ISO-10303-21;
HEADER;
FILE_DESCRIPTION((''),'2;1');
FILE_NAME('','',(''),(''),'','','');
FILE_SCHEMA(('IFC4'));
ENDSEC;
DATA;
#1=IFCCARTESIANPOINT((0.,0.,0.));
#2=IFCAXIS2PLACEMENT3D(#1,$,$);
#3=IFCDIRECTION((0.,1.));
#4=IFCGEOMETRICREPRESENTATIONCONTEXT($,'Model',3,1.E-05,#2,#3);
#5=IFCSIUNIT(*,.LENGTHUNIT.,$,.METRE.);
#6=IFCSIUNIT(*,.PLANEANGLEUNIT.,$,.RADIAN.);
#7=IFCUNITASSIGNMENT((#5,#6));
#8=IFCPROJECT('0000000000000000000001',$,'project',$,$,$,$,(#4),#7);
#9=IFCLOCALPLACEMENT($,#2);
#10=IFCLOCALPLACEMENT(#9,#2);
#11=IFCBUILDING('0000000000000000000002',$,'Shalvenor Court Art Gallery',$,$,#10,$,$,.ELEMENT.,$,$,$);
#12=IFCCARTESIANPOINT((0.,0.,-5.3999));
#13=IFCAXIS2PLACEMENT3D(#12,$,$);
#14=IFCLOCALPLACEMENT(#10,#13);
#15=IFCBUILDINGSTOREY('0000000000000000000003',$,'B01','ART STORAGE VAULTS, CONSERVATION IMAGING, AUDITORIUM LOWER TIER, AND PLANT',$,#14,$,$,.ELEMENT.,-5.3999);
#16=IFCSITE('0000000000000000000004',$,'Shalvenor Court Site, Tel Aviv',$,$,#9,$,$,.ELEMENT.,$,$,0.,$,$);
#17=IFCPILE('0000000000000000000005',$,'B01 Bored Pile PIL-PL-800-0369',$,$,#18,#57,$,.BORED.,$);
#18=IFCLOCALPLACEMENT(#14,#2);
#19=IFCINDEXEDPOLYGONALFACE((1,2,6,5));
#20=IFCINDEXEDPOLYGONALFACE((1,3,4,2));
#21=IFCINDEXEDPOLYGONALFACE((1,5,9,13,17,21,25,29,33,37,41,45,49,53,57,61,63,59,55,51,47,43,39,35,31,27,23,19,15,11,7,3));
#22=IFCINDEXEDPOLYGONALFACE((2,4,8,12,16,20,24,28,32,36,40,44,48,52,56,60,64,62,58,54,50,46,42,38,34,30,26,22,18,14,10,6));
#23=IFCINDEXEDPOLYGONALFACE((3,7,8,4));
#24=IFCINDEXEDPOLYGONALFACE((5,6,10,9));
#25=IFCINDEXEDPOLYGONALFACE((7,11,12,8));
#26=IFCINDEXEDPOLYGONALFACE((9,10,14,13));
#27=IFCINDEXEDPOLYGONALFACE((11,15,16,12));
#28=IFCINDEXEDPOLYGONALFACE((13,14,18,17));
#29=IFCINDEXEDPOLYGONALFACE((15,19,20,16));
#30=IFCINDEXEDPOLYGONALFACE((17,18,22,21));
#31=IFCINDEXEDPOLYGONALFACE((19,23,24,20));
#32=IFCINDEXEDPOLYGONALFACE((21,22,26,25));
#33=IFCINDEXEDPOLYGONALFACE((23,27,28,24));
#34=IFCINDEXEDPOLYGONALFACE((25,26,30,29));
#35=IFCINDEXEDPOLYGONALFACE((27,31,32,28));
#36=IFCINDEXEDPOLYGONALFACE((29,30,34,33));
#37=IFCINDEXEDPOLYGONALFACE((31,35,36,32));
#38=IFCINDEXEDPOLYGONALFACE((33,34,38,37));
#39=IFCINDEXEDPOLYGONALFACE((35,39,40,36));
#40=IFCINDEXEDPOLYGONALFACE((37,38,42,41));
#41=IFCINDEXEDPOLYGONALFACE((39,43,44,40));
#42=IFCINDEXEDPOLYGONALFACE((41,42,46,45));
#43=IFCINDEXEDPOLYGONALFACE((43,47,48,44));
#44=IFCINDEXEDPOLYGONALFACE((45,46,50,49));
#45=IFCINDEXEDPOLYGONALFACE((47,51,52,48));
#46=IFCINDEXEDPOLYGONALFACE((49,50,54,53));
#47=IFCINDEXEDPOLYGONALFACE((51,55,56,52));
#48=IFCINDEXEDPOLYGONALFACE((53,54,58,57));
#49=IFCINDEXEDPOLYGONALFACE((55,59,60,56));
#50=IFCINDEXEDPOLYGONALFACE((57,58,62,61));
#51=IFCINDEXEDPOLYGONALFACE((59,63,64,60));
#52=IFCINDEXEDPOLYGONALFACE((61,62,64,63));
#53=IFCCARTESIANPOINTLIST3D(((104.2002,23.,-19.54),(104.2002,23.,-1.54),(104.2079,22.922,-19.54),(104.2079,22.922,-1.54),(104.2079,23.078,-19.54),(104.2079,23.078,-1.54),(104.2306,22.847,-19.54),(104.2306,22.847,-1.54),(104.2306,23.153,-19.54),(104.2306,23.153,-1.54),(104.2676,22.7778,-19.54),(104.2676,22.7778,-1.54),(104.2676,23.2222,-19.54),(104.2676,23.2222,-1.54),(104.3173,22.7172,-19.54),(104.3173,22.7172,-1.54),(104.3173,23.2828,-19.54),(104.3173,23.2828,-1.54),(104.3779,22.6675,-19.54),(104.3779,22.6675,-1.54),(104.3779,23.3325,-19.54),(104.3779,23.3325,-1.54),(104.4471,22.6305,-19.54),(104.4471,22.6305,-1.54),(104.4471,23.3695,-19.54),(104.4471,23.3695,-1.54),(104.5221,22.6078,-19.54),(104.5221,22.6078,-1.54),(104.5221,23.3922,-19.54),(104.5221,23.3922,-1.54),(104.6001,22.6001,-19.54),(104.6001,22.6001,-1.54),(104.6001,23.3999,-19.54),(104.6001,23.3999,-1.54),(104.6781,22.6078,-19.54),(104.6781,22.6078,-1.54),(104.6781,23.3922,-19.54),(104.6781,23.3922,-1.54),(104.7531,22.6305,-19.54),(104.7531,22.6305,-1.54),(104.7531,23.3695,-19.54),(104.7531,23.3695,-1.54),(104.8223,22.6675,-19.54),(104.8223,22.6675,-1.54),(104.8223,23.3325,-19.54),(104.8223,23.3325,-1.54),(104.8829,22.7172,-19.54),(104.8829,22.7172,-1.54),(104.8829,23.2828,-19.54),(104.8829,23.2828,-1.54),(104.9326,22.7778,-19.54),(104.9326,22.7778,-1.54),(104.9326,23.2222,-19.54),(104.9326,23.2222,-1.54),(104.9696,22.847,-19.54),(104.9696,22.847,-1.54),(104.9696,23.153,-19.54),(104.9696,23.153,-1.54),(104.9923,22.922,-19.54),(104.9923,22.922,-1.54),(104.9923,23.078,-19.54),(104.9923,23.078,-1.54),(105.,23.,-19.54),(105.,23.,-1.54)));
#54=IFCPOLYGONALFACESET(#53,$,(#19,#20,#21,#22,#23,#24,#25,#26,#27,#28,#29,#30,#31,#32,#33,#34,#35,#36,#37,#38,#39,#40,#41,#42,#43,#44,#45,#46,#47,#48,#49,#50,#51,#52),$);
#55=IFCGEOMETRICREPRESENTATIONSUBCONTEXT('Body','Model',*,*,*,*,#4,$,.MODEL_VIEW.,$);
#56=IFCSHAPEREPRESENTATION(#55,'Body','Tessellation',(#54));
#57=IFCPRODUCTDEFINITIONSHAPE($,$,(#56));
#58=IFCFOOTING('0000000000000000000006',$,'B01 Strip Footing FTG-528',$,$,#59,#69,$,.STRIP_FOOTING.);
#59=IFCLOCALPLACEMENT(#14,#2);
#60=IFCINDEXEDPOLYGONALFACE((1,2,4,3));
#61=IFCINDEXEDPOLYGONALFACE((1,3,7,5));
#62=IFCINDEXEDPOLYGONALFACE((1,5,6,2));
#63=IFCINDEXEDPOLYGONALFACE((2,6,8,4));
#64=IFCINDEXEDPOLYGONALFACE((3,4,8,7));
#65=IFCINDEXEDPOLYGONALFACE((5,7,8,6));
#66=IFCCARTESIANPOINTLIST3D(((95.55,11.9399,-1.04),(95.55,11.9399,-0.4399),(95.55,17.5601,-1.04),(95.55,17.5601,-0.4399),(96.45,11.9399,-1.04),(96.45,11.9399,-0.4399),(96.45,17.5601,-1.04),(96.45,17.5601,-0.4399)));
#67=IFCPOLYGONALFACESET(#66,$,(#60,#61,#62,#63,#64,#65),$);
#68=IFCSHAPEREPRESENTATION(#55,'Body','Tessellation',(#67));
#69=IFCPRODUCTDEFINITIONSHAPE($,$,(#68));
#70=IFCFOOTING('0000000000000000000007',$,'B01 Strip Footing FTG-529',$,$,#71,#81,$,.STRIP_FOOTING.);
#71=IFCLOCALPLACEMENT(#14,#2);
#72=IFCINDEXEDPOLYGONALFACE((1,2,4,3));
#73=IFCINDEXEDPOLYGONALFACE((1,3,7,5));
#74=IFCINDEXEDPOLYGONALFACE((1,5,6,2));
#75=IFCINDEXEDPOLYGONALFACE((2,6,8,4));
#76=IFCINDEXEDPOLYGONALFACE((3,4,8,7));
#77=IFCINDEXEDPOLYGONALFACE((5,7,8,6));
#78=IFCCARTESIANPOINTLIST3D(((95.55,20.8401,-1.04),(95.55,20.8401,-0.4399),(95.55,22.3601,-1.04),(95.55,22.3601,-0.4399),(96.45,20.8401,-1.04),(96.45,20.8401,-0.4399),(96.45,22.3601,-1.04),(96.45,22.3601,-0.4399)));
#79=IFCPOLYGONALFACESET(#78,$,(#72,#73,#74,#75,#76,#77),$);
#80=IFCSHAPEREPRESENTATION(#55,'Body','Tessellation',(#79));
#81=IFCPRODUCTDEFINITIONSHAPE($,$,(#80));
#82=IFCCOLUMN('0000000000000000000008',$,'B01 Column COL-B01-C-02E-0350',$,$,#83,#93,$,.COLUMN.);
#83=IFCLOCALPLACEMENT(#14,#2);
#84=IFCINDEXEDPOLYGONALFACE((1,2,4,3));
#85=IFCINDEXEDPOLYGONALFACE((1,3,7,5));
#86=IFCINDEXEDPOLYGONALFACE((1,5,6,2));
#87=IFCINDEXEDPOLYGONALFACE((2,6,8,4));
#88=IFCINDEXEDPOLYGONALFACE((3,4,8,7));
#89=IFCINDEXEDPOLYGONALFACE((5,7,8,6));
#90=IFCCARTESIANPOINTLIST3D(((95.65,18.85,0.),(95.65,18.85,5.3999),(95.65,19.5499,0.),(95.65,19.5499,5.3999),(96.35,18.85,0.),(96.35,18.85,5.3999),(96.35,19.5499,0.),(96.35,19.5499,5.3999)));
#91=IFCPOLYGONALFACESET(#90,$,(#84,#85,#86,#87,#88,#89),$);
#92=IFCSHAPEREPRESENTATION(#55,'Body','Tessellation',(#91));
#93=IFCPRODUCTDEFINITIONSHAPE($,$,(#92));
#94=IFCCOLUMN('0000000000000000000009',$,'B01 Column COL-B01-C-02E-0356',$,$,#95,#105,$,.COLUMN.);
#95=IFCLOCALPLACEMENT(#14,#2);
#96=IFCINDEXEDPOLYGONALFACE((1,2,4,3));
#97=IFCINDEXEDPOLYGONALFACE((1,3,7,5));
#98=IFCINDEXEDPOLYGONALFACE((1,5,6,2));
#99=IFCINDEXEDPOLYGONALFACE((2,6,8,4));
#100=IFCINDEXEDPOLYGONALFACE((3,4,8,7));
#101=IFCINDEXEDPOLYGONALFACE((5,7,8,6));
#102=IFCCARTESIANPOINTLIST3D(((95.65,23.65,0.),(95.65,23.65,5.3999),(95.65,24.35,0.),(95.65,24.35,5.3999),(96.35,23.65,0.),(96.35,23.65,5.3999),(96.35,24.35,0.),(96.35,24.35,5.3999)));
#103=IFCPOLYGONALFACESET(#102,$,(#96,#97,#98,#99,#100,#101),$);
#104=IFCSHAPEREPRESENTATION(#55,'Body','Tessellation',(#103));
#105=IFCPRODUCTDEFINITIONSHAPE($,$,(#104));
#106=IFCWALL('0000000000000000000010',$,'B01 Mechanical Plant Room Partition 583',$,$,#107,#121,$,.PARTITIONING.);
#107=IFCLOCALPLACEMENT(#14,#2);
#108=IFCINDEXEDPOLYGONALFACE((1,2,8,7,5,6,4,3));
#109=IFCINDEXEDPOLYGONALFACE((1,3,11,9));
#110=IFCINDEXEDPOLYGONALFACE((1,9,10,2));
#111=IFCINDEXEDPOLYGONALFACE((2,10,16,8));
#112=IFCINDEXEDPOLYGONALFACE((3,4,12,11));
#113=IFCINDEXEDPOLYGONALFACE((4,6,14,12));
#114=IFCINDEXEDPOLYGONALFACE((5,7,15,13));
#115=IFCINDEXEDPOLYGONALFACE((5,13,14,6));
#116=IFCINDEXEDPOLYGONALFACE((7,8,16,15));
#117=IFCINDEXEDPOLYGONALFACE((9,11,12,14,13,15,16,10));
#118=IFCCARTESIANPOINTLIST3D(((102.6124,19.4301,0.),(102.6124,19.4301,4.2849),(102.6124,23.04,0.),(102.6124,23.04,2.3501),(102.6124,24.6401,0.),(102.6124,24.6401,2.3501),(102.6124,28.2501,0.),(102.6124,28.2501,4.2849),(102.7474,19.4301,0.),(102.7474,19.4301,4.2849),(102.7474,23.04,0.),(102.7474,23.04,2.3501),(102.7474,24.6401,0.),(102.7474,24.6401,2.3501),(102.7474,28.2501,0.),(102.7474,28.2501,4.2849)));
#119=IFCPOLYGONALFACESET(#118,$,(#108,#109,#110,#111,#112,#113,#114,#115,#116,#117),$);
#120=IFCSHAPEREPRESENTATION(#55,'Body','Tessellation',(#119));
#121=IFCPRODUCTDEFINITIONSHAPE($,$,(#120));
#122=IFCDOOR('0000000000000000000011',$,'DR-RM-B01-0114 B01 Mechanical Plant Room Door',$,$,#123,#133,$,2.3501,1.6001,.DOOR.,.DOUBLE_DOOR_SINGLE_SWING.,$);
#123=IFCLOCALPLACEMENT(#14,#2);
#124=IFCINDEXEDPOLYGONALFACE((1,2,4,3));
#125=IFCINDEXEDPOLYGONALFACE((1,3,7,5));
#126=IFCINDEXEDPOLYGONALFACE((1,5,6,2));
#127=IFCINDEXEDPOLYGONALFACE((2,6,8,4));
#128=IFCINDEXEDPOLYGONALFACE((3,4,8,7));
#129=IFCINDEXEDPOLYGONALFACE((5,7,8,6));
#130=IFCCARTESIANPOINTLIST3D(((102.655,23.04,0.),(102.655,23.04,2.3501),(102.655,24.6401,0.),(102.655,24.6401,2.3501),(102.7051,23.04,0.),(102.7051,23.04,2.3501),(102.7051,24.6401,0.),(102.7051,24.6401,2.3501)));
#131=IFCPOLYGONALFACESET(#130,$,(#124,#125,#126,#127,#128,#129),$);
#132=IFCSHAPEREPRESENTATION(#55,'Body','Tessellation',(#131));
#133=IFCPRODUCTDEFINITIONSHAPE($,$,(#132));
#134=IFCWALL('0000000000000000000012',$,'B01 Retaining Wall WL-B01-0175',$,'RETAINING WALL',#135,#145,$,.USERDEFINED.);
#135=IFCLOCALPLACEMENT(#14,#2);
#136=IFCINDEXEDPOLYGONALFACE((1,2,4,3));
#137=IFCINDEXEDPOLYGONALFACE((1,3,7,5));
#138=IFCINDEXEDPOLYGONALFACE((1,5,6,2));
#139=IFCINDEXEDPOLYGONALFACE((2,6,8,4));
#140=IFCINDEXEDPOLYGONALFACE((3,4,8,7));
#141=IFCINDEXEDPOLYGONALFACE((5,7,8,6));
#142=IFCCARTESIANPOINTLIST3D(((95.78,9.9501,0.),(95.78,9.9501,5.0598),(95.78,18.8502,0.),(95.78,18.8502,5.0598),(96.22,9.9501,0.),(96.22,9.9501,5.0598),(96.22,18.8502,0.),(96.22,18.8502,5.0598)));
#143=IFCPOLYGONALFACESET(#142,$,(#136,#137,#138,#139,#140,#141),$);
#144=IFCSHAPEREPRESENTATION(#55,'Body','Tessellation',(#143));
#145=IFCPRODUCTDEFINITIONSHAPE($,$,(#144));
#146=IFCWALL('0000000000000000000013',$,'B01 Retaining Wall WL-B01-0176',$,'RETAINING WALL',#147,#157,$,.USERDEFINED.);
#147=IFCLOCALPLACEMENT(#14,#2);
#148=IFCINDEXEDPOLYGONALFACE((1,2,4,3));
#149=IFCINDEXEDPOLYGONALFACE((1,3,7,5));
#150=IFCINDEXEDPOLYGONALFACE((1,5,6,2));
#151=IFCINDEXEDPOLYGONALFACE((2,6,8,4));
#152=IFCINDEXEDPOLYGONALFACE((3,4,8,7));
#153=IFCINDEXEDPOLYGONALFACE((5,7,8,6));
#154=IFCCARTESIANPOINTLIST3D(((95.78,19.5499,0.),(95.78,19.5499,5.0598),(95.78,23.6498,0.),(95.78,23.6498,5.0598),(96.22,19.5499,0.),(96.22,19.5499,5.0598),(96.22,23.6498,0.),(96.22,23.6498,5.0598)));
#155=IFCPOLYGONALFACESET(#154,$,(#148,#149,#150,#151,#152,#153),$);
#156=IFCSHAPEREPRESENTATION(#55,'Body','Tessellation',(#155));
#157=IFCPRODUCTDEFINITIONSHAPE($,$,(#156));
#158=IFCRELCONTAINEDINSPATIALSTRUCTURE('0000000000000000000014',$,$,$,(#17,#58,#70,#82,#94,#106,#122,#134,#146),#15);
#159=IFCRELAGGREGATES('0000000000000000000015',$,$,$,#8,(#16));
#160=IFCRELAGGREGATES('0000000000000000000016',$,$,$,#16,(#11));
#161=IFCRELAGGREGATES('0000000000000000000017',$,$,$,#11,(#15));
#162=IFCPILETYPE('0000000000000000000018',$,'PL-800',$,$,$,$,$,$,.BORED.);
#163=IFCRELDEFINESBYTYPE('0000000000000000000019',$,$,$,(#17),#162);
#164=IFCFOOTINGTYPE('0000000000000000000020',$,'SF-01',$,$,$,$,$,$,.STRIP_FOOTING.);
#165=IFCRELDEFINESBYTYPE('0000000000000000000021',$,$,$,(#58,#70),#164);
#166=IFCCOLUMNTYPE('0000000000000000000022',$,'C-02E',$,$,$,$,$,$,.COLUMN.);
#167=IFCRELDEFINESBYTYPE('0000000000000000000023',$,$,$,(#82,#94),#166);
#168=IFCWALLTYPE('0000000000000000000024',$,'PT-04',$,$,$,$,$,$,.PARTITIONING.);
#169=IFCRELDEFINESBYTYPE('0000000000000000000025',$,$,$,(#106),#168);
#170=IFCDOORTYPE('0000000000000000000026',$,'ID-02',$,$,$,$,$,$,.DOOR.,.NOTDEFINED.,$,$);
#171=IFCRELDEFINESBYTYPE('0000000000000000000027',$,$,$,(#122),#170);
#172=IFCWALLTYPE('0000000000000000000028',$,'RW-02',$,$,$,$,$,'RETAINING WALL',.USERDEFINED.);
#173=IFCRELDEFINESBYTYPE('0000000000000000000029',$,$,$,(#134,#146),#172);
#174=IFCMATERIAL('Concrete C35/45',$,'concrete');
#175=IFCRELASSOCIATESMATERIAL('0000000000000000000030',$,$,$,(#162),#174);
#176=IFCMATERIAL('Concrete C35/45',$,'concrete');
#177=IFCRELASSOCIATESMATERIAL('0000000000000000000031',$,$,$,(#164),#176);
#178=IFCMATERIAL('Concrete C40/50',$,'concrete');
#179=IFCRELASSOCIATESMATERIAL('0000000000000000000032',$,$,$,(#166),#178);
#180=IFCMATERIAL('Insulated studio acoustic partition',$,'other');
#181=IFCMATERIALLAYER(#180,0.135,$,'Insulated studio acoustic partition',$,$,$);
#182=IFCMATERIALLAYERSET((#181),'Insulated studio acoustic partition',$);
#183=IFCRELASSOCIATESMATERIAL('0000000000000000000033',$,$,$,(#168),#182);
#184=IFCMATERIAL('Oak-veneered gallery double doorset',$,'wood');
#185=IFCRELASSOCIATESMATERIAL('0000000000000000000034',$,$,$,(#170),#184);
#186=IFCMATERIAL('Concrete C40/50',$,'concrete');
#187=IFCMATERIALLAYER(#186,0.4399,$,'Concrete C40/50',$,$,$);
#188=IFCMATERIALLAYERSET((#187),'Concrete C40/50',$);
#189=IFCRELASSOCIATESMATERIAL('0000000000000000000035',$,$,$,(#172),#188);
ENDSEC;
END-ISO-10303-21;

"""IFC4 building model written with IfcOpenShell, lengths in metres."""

from ifc_helpers import new_model, si_unit, direction, frame, frame_2d, origin, origin_2d, place, context, subcontext, project, spatial, rectangle, circle, extrude, material, layer, layer_set, material_profile, profile_set, type_object, element, fill, save


model = new_model("IFC4")

# Units and contexts
model_context = context("Model", 3, precision=1e-05, world=origin(), true_north=direction((0.0, 1.0)))
body_context = subcontext(model_context, "Body", "Model", "MODEL_VIEW")
ifc_project = project(units=[si_unit("LENGTHUNIT", "METRE"), si_unit("PLANEANGLEUNIT", "RADIAN")], contexts=[model_context])

# Site, building, storey
site_placement = place(None, origin())
site = spatial("IfcSite", under=ifc_project, at=site_placement, Name="Shalvenor Court Site, Tel Aviv", CompositionType="ELEMENT", RefElevation=0.0)
building_placement = place(site_placement, origin())
building = spatial("IfcBuilding", under=site, at=building_placement, Name="Shalvenor Court Art Gallery", CompositionType="ELEMENT")
storey_placement = place(building_placement, frame((0.0, 0.0, -5.3999)))
storey = spatial("IfcBuildingStorey", under=building, at=storey_placement, Name="B01", Description="ART STORAGE VAULTS, CONSERVATION IMAGING, AUDITORIUM LOWER TIER, AND PLANT", CompositionType="ELEMENT", Elevation=-5.3999)

# Pile
ifc_material_1 = material(Name="Concrete C35/45", Category="concrete")
ifc_material_profile_1 = material_profile(ifc_material_1, circle(Radius=0.3999, at=origin_2d()), Name="PILE 800")
ifc_profile_set_1 = profile_set([ifc_material_profile_1], Name="Concrete C35/45")
pile_type_1 = type_object("IfcPileType", Name="PL-800", PredefinedType="BORED", material=ifc_profile_set_1)
for number, where, z_axis, x_axis, name in (
    (1, (104.6001, 23.0, -1.54), (0.0, 0.0, -1.0), (1.0, 0.0, 0.0), "B01 Bored Pile PIL-PL-800-0369"),
):
    element("IfcPile", number, at=place(storey_placement, frame(where, z_axis=z_axis, x_axis=x_axis)), inside=storey, type_object=pile_type_1, Name=name, PredefinedType="BORED", context=body_context, shape_type="SweptSolid", body=[
        extrude(circle(Radius=0.3999, at=origin_2d()), origin(), (0.0, 0.0, 1.0), 18.0),
    ])

# Footings
ifc_material_2 = material(Name="Concrete C35/45", Category="concrete")
footing_type_1 = type_object("IfcFootingType", Name="SF-01", PredefinedType="STRIP_FOOTING", material=ifc_material_2)
footing_1_placement = place(storey_placement, frame((96.0, 14.75, -1.04), z_axis=(0.0, 0.0, 1.0), x_axis=(0.0, 1.0, 0.0)))
element("IfcFooting", 2, at=footing_1_placement, inside=storey, type_object=footing_type_1, Name="B01 Strip Footing FTG-528", PredefinedType="STRIP_FOOTING", context=body_context, shape_type="SweptSolid", body=[
    extrude(rectangle(XDim=5.6201, YDim=0.8999, at=origin_2d()), origin(), (0.0, 0.0, 1.0), 0.6001),
])
footing_2_placement = place(storey_placement, frame((96.0, 21.6001, -1.04), z_axis=(0.0, 0.0, 1.0), x_axis=(0.0, 1.0, 0.0)))
element("IfcFooting", 3, at=footing_2_placement, inside=storey, type_object=footing_type_1, Name="B01 Strip Footing FTG-529", PredefinedType="STRIP_FOOTING", context=body_context, shape_type="SweptSolid", body=[
    extrude(rectangle(XDim=1.52, YDim=0.8999, at=origin_2d()), origin(), (0.0, 0.0, 1.0), 0.6001),
])

# Columns
ifc_material_3 = material(Name="Concrete C40/50", Category="concrete")
ifc_material_profile_2 = material_profile(ifc_material_3, rectangle(XDim=0.7, YDim=0.7, at=origin_2d()), Name="RC 700x700")
ifc_profile_set_2 = profile_set([ifc_material_profile_2], Name="Concrete C40/50")
column_type = type_object("IfcColumnType", Name="C-02E", PredefinedType="COLUMN", material=ifc_profile_set_2)
for number, where, z_axis, x_axis, name in (
    (4, (96.0, 19.2, 0.0), (0.0, 0.0, 1.0), (1.0, 0.0, 0.0), "B01 Column COL-B01-C-02E-0350"),
    (5, (96.0, 24.0, 0.0), (0.0, 0.0, 1.0), (1.0, 0.0, 0.0), "B01 Column COL-B01-C-02E-0356"),
):
    element("IfcColumn", number, at=place(storey_placement, frame(where, z_axis=z_axis, x_axis=x_axis)), inside=storey, type_object=column_type, Name=name, PredefinedType="COLUMN", context=body_context, shape_type="SweptSolid", body=[
        extrude(rectangle(XDim=0.7, YDim=0.7, at=origin_2d()), origin(), (0.0, 0.0, 1.0), 5.3999),
    ])

# Wall, opening, door
ifc_material_4 = material(Name="Insulated studio acoustic partition", Category="other")
ifc_layer_1 = layer(ifc_material_4, 0.135, Name="Insulated studio acoustic partition")
ifc_layer_set_1 = layer_set([ifc_layer_1], Name="Insulated studio acoustic partition")
wall_type_1 = type_object("IfcWallType", Name="PT-04", PredefinedType="PARTITIONING", material=ifc_layer_set_1)
wall_1_placement = place(storey_placement, frame((102.6799, 19.4299, 0.0), z_axis=(0.0, 0.0, 1.0), x_axis=(0.0, 1.0, 0.0)))
wall_1 = element("IfcWall", 6, at=wall_1_placement, inside=storey, type_object=wall_type_1, Name="B01 Mechanical Plant Room Partition 583", PredefinedType="PARTITIONING", context=body_context, shape_type="SweptSolid", body=[
    extrude(rectangle(XDim=8.8201, YDim=0.135, at=frame_2d((4.4102, 0.0))), origin(), (0.0, 0.0, 1.0), 4.2849),
])
opening_1_placement = place(wall_1_placement, frame((3.6101, 0.0, 0.0)))
opening_1 = element("IfcOpeningElement", 7, at=opening_1_placement, cuts=wall_1, PredefinedType="OPENING", context=body_context, shape_type="SweptSolid", body=[
    extrude(rectangle(XDim=1.6001, YDim=2.3501, at=frame_2d((0.8, 1.175))), frame((0.0, 0.0774, 0.0), z_axis=(0.0, -1.0, 0.0), x_axis=(1.0, 0.0, 0.0)), (0.0, 0.0, 1.0), 0.155),
])
ifc_material_5 = material(Name="Oak-veneered gallery double doorset", Category="wood")
door_type_1 = type_object("IfcDoorType", Name="ID-02", OperationType="NOTDEFINED", PredefinedType="DOOR", material=ifc_material_5)
door_1_placement = place(opening_1_placement, origin())
door_1 = element("IfcDoor", 8, at=door_1_placement, inside=storey, type_object=door_type_1, Name="DR-RM-B01-0114 B01 Mechanical Plant Room Door", OperationType="DOUBLE_DOOR_SINGLE_SWING", OverallHeight=2.3501, OverallWidth=1.6001, PredefinedType="DOOR", context=body_context, shape_type="SweptSolid", body=[
    extrude(rectangle(XDim=1.6001, YDim=2.3501, at=frame_2d((0.8, 1.175))), frame((0.0, 0.0249, 0.0), z_axis=(0.0, -1.0, 0.0), x_axis=(1.0, 0.0, 0.0)), (0.0, 0.0, 1.0), 0.05),
])
fill(opening_1, door_1)

# Walls
ifc_material_6 = material(Name="Concrete C40/50", Category="concrete")
ifc_layer_2 = layer(ifc_material_6, 0.4399, Name="Concrete C40/50")
ifc_layer_set_2 = layer_set([ifc_layer_2], Name="Concrete C40/50")
wall_type_2 = type_object("IfcWallType", Name="RW-02", ElementType="RETAINING WALL", PredefinedType="USERDEFINED", material=ifc_layer_set_2)
wall_2_placement = place(storey_placement, frame((96.0, 9.95, 0.0), z_axis=(0.0, 0.0, 1.0), x_axis=(0.0, 1.0, 0.0)))
element("IfcWall", 9, at=wall_2_placement, inside=storey, type_object=wall_type_2, Name="B01 Retaining Wall WL-B01-0175", ObjectType="RETAINING WALL", PredefinedType="USERDEFINED", context=body_context, shape_type="SweptSolid", body=[
    extrude(rectangle(XDim=8.9001, YDim=0.4399, at=frame_2d((4.4502, 0.0))), origin(), (0.0, 0.0, 1.0), 5.0598),
])
wall_3_placement = place(storey_placement, frame((96.0, 19.55, 0.0), z_axis=(0.0, 0.0, 1.0), x_axis=(0.0, 1.0, 0.0)))
element("IfcWall", 10, at=wall_3_placement, inside=storey, type_object=wall_type_2, Name="B01 Retaining Wall WL-B01-0176", ObjectType="RETAINING WALL", PredefinedType="USERDEFINED", context=body_context, shape_type="SweptSolid", body=[
    extrude(rectangle(XDim=4.0999, YDim=0.4399, at=frame_2d((2.0498, 0.0))), origin(), (0.0, 0.0, 1.0), 5.0598),
])

save(model, "model.ifc")
